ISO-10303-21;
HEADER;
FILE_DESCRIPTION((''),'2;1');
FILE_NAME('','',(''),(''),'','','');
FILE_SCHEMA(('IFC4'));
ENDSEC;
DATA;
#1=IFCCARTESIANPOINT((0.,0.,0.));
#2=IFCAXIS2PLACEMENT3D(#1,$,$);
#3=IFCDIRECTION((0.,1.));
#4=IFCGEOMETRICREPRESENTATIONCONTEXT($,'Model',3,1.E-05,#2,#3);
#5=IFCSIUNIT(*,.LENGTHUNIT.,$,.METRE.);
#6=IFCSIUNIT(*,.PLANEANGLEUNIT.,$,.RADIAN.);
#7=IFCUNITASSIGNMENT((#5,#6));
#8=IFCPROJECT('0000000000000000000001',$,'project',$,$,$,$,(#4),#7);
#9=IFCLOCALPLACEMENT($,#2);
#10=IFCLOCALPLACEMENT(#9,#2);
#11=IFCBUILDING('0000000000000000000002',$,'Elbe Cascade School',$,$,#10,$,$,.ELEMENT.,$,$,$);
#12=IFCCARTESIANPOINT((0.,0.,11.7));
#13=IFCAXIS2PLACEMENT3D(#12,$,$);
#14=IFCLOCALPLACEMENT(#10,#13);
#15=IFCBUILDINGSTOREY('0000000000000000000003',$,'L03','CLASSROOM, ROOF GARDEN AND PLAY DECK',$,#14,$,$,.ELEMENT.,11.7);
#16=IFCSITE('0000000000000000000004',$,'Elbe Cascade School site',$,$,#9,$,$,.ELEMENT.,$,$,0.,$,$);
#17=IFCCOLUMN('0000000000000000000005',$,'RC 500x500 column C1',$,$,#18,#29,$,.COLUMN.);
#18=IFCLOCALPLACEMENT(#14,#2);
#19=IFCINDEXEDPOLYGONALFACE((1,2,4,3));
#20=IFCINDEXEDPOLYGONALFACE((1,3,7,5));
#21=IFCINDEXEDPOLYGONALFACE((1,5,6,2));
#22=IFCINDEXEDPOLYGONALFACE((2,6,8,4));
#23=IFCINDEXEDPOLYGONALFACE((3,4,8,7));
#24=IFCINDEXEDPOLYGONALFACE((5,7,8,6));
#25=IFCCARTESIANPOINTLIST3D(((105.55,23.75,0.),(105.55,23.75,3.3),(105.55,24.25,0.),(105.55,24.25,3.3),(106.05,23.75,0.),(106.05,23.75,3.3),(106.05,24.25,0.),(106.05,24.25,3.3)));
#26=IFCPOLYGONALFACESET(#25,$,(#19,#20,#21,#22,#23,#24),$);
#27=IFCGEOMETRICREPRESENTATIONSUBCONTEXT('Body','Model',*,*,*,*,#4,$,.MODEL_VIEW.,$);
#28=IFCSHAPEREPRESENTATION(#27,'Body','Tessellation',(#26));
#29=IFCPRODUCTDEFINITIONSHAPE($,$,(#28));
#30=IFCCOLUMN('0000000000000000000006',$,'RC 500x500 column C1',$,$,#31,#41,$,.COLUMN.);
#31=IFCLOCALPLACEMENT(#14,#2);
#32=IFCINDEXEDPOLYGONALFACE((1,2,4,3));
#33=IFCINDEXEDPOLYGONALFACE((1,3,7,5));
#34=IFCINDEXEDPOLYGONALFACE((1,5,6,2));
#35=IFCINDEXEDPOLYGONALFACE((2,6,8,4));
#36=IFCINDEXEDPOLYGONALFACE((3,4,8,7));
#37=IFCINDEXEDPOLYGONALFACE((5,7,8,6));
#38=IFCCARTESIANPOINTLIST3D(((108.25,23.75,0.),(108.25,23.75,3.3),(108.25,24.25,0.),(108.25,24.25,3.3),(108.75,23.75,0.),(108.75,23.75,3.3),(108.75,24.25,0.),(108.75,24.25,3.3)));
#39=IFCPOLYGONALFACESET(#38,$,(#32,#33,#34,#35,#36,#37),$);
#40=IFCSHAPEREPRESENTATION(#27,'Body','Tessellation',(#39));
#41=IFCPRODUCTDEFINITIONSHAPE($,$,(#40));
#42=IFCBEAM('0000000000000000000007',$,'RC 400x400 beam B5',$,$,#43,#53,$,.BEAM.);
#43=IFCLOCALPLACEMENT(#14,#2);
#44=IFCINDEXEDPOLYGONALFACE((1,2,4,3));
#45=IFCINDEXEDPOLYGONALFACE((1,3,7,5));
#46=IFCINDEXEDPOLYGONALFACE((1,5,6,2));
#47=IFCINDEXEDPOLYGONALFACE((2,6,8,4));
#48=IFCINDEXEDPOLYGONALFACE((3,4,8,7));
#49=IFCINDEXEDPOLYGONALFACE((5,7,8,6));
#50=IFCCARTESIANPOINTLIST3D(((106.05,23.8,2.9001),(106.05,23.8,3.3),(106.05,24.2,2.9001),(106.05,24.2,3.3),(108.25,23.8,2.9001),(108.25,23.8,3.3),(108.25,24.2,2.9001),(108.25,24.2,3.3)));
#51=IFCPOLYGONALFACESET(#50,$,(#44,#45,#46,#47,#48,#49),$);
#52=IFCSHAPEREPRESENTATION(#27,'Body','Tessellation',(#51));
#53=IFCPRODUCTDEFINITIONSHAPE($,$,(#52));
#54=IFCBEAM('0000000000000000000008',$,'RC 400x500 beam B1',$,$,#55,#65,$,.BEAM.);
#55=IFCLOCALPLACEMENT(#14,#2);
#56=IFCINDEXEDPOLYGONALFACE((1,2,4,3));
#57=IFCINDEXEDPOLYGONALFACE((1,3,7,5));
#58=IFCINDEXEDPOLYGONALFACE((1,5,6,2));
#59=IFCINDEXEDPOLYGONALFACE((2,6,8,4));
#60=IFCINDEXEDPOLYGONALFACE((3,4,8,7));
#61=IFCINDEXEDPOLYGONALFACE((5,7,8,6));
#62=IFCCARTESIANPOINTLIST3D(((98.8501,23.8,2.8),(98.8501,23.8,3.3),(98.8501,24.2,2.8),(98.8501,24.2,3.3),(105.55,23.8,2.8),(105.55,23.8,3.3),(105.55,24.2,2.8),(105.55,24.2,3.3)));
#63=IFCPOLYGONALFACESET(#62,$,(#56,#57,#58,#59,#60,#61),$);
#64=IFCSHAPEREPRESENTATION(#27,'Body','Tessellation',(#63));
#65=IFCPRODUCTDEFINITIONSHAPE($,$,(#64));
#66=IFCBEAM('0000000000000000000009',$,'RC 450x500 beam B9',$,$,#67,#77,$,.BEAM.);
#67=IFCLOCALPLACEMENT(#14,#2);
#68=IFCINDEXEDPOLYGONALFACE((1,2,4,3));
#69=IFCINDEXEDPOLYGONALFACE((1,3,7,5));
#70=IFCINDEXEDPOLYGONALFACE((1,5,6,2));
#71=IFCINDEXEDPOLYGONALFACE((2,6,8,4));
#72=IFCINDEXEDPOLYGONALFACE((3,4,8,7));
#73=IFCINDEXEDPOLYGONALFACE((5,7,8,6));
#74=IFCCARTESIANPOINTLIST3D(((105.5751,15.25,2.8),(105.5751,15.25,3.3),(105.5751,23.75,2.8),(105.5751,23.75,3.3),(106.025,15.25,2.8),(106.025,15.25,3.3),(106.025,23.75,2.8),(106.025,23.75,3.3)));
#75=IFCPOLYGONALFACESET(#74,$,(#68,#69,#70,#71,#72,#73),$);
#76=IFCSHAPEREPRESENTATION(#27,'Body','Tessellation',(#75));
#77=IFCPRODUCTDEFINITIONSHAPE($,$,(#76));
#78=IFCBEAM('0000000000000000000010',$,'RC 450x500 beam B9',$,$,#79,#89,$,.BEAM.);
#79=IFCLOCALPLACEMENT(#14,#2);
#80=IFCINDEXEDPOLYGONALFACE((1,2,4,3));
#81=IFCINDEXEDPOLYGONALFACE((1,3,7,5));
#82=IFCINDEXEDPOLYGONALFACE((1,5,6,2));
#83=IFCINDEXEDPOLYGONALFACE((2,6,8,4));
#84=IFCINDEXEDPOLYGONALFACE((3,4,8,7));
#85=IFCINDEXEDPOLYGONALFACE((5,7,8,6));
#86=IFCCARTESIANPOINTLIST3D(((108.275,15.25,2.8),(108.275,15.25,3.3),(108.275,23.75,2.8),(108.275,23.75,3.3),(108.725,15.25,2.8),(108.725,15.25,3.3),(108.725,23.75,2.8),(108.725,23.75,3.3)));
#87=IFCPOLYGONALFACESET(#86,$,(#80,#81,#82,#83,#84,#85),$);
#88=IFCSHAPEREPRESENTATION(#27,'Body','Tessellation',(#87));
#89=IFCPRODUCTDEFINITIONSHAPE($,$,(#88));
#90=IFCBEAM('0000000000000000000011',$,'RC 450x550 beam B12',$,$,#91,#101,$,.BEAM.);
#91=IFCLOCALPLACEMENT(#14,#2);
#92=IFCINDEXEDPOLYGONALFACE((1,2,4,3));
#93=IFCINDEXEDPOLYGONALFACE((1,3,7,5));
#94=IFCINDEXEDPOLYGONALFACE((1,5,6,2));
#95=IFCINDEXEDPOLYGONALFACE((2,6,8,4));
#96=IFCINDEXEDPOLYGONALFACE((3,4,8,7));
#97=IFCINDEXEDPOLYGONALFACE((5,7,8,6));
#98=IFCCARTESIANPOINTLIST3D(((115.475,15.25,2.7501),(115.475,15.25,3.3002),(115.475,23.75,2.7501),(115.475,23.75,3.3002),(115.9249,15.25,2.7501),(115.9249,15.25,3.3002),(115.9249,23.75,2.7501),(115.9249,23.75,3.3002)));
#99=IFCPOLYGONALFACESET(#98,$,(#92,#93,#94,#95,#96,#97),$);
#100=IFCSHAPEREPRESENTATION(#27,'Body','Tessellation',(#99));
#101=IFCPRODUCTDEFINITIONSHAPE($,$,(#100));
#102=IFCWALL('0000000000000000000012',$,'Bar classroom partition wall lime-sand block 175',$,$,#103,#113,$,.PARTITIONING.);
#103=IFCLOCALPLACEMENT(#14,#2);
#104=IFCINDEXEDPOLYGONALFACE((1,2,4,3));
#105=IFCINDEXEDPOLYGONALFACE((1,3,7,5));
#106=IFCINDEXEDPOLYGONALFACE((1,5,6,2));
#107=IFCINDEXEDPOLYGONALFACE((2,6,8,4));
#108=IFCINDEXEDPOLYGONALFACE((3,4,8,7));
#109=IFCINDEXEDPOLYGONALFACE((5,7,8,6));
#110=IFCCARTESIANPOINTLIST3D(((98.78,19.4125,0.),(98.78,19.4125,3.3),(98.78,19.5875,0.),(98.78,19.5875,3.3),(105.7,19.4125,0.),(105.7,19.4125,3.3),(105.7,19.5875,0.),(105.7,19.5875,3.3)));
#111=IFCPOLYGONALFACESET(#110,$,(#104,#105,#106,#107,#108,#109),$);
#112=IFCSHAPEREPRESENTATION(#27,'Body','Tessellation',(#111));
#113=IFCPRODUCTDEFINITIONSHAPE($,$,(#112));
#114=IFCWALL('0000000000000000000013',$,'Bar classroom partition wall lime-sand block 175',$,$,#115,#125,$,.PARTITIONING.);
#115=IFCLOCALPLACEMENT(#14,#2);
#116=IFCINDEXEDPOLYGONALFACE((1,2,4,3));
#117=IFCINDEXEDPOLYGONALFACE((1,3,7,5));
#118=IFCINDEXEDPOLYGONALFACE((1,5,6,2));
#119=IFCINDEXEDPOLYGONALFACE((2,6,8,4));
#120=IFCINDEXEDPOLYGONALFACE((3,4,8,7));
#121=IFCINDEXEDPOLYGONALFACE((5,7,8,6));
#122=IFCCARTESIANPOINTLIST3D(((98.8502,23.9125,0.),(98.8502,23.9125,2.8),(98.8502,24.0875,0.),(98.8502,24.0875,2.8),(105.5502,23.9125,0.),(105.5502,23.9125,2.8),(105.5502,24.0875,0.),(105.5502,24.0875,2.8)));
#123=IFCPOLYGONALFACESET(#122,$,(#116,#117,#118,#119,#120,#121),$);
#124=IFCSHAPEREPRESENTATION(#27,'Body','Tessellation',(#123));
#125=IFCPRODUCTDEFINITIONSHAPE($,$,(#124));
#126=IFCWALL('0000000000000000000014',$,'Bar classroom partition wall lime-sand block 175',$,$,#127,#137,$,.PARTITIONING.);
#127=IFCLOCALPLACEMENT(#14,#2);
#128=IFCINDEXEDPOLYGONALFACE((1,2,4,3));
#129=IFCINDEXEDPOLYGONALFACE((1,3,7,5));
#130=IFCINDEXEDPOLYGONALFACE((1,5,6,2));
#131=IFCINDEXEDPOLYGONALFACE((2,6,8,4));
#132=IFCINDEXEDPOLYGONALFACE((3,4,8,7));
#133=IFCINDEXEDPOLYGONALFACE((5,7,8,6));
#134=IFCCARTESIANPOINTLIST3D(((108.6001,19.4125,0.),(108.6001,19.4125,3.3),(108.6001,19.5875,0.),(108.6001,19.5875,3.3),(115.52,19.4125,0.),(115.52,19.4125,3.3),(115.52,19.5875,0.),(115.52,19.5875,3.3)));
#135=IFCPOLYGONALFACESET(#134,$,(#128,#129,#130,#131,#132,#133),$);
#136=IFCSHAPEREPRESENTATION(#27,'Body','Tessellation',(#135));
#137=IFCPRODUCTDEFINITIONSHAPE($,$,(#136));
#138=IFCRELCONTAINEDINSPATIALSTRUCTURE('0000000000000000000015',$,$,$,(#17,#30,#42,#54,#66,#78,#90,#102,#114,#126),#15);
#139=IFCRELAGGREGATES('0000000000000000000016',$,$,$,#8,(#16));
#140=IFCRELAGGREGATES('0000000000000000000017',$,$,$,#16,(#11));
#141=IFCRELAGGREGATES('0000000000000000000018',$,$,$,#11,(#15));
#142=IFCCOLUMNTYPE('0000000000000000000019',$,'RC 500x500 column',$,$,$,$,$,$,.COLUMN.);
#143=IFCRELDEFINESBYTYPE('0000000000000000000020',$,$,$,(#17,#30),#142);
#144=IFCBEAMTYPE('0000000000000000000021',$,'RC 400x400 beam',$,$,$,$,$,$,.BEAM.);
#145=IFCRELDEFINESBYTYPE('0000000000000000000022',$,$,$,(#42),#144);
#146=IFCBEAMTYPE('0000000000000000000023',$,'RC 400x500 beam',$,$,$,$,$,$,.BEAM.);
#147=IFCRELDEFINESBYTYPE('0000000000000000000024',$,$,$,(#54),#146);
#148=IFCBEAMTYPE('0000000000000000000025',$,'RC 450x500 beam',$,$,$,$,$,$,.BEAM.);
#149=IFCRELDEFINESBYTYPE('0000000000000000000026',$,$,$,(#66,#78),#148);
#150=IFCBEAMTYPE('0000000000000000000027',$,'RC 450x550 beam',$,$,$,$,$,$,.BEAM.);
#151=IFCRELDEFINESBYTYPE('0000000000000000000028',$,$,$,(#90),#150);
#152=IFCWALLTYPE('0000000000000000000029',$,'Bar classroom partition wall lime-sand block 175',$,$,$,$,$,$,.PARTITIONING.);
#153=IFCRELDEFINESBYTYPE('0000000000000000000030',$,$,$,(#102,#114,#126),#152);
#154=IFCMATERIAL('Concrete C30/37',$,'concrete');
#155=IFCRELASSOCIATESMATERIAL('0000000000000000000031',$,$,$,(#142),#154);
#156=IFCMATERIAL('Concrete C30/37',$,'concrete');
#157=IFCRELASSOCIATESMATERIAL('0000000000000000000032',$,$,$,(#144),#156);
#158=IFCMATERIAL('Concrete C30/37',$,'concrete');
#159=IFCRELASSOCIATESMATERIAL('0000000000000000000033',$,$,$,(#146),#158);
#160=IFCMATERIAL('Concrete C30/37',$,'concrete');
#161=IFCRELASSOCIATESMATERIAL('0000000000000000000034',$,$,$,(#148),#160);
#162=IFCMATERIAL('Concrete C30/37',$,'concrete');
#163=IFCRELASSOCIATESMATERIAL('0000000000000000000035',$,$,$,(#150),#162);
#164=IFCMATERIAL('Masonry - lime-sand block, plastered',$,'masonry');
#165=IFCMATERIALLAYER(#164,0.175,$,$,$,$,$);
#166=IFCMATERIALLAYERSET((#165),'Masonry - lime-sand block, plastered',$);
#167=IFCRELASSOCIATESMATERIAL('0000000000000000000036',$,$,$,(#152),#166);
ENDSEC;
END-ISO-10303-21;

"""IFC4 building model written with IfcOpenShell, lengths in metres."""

from ifc_helpers import new_model, si_unit, direction, frame, frame_2d, origin, origin_2d, place, context, subcontext, project, spatial, rectangle, extrude, material, layer, layer_set, material_profile, profile_set, type_object, element, save


model = new_model("IFC4")

# Units and contexts
model_context = context("Model", 3, precision=1e-05, world=origin(), true_north=direction((0.0, 1.0)))
body_context = subcontext(model_context, "Body", "Model", "MODEL_VIEW")
ifc_project = project(units=[si_unit("LENGTHUNIT", "METRE"), si_unit("PLANEANGLEUNIT", "RADIAN")], contexts=[model_context])

# Site, building, storey
site_placement = place(None, origin())
site = spatial("IfcSite", under=ifc_project, at=site_placement, Name="Elbe Cascade School site", CompositionType="ELEMENT", RefElevation=0.0)
building_placement = place(site_placement, origin())
building = spatial("IfcBuilding", under=site, at=building_placement, Name="Elbe Cascade School", CompositionType="ELEMENT")
storey_placement = place(building_placement, frame((0.0, 0.0, 11.7)))
storey = spatial("IfcBuildingStorey", under=building, at=storey_placement, Name="L03", Description="CLASSROOM, ROOF GARDEN AND PLAY DECK", CompositionType="ELEMENT", Elevation=11.7)

# Columns
ifc_material_1 = material(Name="Concrete C30/37", Category="concrete")
ifc_material_profile_1 = material_profile(ifc_material_1, rectangle(XDim=0.5, YDim=0.5, at=origin_2d()), Name="RC 500x500")
ifc_profile_set_1 = profile_set([ifc_material_profile_1], Name="Concrete C30/37")
column_type = type_object("IfcColumnType", Name="RC 500x500 column", PredefinedType="COLUMN", material=ifc_profile_set_1)
for number, where, z_axis, x_axis, name in (
    (1, (105.8, 24.0, 0.0), (0.0, 0.0, 1.0), (1.0, 0.0, 0.0), "RC 500x500 column C1"),
    (2, (108.5, 24.0, 0.0), (0.0, 0.0, 1.0), (1.0, 0.0, 0.0), "RC 500x500 column C1"),
):
    element("IfcColumn", number, at=place(storey_placement, frame(where, z_axis=z_axis, x_axis=x_axis)), inside=storey, type_object=column_type, Name=name, PredefinedType="COLUMN", context=body_context, shape_type="SweptSolid", body=[
        extrude(rectangle(XDim=0.5, YDim=0.5, at=origin_2d()), origin(), (0.0, 0.0, 1.0), 3.3),
    ])

# Beams
ifc_material_2 = material(Name="Concrete C30/37", Category="concrete")
ifc_material_profile_2 = material_profile(ifc_material_2, rectangle(XDim=0.3999, YDim=0.3999, at=origin_2d()), Name="RC 400x400")
ifc_profile_set_2 = profile_set([ifc_material_profile_2], Name="Concrete C30/37")
beam_type_1 = type_object("IfcBeamType", Name="RC 400x400 beam", PredefinedType="BEAM", material=ifc_profile_set_2)
beam_1_placement = place(storey_placement, frame((106.05, 24.0, 3.1001), z_axis=(1.0, 0.0, 0.0), x_axis=(0.0, 1.0, 0.0)))
element("IfcBeam", 3, at=beam_1_placement, inside=storey, type_object=beam_type_1, Name="RC 400x400 beam B5", PredefinedType="BEAM", context=body_context, shape_type="SweptSolid", body=[
    extrude(rectangle(XDim=0.3999, YDim=0.3999, at=origin_2d()), origin(), (0.0, 0.0, 1.0), 2.2),
])
ifc_material_3 = material(Name="Concrete C30/37", Category="concrete")
ifc_material_profile_3 = material_profile(ifc_material_3, rectangle(XDim=0.3999, YDim=0.5, at=origin_2d()), Name="RC 400x500")
ifc_profile_set_3 = profile_set([ifc_material_profile_3], Name="Concrete C30/37")
beam_type_2 = type_object("IfcBeamType", Name="RC 400x500 beam", PredefinedType="BEAM", material=ifc_profile_set_3)
beam_2_placement = place(storey_placement, frame((98.8501, 24.0, 3.05), z_axis=(1.0, 0.0, 0.0), x_axis=(0.0, 1.0, 0.0)))
element("IfcBeam", 4, at=beam_2_placement, inside=storey, type_object=beam_type_2, Name="RC 400x500 beam B1", PredefinedType="BEAM", context=body_context, shape_type="SweptSolid", body=[
    extrude(rectangle(XDim=0.3999, YDim=0.5, at=origin_2d()), origin(), (0.0, 0.0, 1.0), 6.7),
])
ifc_material_4 = material(Name="Concrete C30/37", Category="concrete")
ifc_material_profile_4 = material_profile(ifc_material_4, rectangle(XDim=0.45, YDim=0.5, at=origin_2d()), Name="RC 450x500")
ifc_profile_set_4 = profile_set([ifc_material_profile_4], Name="Concrete C30/37")
beam_type_3 = type_object("IfcBeamType", Name="RC 450x500 beam", PredefinedType="BEAM", material=ifc_profile_set_4)
for number, where, z_axis, x_axis, name in (
    (5, (105.8, 15.25, 3.05), (0.0, 1.0, 0.0), (-1.0, 0.0, 0.0), "RC 450x500 beam B9"),
    (6, (108.5, 15.25, 3.05), (0.0, 1.0, 0.0), (-1.0, 0.0, 0.0), "RC 450x500 beam B9"),
):
    element("IfcBeam", number, at=place(storey_placement, frame(where, z_axis=z_axis, x_axis=x_axis)), inside=storey, type_object=beam_type_3, Name=name, PredefinedType="BEAM", context=body_context, shape_type="SweptSolid", body=[
        extrude(rectangle(XDim=0.45, YDim=0.5, at=origin_2d()), origin(), (0.0, 0.0, 1.0), 8.5),
    ])
ifc_material_5 = material(Name="Concrete C30/37", Category="concrete")
ifc_material_profile_5 = material_profile(ifc_material_5, rectangle(XDim=0.45, YDim=0.55, at=origin_2d()), Name="RC 450x550")
ifc_profile_set_5 = profile_set([ifc_material_profile_5], Name="Concrete C30/37")
beam_type_4 = type_object("IfcBeamType", Name="RC 450x550 beam", PredefinedType="BEAM", material=ifc_profile_set_5)
beam_3_placement = place(storey_placement, frame((115.7, 15.25, 3.0251), z_axis=(0.0, 1.0, 0.0), x_axis=(-1.0, 0.0, 0.0)))
element("IfcBeam", 7, at=beam_3_placement, inside=storey, type_object=beam_type_4, Name="RC 450x550 beam B12", PredefinedType="BEAM", context=body_context, shape_type="SweptSolid", body=[
    extrude(rectangle(XDim=0.45, YDim=0.55, at=origin_2d()), origin(), (0.0, 0.0, 1.0), 8.5),
])

# Walls
ifc_material_6 = material(Name="Masonry - lime-sand block, plastered", Category="masonry")
ifc_layer_1 = layer(ifc_material_6, 0.175)
ifc_layer_set_1 = layer_set([ifc_layer_1], Name="Masonry - lime-sand block, plastered")
wall_type_1 = type_object("IfcWallType", Name="Bar classroom partition wall lime-sand block 175", PredefinedType="PARTITIONING", material=ifc_layer_set_1)
wall_1_placement = place(storey_placement, frame((98.78, 19.5, 0.0), z_axis=(0.0, 0.0, 1.0), x_axis=(1.0, 0.0, 0.0)))
element("IfcWall", 8, at=wall_1_placement, inside=storey, type_object=wall_type_1, Name="Bar classroom partition wall lime-sand block 175", PredefinedType="PARTITIONING", context=body_context, shape_type="SweptSolid", body=[
    extrude(rectangle(XDim=6.9199, YDim=0.175, at=frame_2d((3.46, 0.0))), origin(), (0.0, 0.0, 1.0), 3.3),
])
wall_2_placement = place(storey_placement, frame((98.8501, 24.0, 0.0), z_axis=(0.0, 0.0, 1.0), x_axis=(1.0, 0.0, 0.0)))
element("IfcWall", 9, at=wall_2_placement, inside=storey, type_object=wall_type_1, Name="Bar classroom partition wall lime-sand block 175", PredefinedType="PARTITIONING", context=body_context, shape_type="SweptSolid", body=[
    extrude(rectangle(XDim=6.7, YDim=0.175, at=frame_2d((3.3501, 0.0))), origin(), (0.0, 0.0, 1.0), 2.8),
])
wall_3_placement = place(storey_placement, frame((108.6001, 19.5, 0.0), z_axis=(0.0, 0.0, 1.0), x_axis=(1.0, 0.0, 0.0)))
element("IfcWall", 10, at=wall_3_placement, inside=storey, type_object=wall_type_1, Name="Bar classroom partition wall lime-sand block 175", PredefinedType="PARTITIONING", context=body_context, shape_type="SweptSolid", body=[
    extrude(rectangle(XDim=6.9199, YDim=0.175, at=frame_2d((3.46, 0.0))), origin(), (0.0, 0.0, 1.0), 3.3),
])

save(model, "model.ifc")
